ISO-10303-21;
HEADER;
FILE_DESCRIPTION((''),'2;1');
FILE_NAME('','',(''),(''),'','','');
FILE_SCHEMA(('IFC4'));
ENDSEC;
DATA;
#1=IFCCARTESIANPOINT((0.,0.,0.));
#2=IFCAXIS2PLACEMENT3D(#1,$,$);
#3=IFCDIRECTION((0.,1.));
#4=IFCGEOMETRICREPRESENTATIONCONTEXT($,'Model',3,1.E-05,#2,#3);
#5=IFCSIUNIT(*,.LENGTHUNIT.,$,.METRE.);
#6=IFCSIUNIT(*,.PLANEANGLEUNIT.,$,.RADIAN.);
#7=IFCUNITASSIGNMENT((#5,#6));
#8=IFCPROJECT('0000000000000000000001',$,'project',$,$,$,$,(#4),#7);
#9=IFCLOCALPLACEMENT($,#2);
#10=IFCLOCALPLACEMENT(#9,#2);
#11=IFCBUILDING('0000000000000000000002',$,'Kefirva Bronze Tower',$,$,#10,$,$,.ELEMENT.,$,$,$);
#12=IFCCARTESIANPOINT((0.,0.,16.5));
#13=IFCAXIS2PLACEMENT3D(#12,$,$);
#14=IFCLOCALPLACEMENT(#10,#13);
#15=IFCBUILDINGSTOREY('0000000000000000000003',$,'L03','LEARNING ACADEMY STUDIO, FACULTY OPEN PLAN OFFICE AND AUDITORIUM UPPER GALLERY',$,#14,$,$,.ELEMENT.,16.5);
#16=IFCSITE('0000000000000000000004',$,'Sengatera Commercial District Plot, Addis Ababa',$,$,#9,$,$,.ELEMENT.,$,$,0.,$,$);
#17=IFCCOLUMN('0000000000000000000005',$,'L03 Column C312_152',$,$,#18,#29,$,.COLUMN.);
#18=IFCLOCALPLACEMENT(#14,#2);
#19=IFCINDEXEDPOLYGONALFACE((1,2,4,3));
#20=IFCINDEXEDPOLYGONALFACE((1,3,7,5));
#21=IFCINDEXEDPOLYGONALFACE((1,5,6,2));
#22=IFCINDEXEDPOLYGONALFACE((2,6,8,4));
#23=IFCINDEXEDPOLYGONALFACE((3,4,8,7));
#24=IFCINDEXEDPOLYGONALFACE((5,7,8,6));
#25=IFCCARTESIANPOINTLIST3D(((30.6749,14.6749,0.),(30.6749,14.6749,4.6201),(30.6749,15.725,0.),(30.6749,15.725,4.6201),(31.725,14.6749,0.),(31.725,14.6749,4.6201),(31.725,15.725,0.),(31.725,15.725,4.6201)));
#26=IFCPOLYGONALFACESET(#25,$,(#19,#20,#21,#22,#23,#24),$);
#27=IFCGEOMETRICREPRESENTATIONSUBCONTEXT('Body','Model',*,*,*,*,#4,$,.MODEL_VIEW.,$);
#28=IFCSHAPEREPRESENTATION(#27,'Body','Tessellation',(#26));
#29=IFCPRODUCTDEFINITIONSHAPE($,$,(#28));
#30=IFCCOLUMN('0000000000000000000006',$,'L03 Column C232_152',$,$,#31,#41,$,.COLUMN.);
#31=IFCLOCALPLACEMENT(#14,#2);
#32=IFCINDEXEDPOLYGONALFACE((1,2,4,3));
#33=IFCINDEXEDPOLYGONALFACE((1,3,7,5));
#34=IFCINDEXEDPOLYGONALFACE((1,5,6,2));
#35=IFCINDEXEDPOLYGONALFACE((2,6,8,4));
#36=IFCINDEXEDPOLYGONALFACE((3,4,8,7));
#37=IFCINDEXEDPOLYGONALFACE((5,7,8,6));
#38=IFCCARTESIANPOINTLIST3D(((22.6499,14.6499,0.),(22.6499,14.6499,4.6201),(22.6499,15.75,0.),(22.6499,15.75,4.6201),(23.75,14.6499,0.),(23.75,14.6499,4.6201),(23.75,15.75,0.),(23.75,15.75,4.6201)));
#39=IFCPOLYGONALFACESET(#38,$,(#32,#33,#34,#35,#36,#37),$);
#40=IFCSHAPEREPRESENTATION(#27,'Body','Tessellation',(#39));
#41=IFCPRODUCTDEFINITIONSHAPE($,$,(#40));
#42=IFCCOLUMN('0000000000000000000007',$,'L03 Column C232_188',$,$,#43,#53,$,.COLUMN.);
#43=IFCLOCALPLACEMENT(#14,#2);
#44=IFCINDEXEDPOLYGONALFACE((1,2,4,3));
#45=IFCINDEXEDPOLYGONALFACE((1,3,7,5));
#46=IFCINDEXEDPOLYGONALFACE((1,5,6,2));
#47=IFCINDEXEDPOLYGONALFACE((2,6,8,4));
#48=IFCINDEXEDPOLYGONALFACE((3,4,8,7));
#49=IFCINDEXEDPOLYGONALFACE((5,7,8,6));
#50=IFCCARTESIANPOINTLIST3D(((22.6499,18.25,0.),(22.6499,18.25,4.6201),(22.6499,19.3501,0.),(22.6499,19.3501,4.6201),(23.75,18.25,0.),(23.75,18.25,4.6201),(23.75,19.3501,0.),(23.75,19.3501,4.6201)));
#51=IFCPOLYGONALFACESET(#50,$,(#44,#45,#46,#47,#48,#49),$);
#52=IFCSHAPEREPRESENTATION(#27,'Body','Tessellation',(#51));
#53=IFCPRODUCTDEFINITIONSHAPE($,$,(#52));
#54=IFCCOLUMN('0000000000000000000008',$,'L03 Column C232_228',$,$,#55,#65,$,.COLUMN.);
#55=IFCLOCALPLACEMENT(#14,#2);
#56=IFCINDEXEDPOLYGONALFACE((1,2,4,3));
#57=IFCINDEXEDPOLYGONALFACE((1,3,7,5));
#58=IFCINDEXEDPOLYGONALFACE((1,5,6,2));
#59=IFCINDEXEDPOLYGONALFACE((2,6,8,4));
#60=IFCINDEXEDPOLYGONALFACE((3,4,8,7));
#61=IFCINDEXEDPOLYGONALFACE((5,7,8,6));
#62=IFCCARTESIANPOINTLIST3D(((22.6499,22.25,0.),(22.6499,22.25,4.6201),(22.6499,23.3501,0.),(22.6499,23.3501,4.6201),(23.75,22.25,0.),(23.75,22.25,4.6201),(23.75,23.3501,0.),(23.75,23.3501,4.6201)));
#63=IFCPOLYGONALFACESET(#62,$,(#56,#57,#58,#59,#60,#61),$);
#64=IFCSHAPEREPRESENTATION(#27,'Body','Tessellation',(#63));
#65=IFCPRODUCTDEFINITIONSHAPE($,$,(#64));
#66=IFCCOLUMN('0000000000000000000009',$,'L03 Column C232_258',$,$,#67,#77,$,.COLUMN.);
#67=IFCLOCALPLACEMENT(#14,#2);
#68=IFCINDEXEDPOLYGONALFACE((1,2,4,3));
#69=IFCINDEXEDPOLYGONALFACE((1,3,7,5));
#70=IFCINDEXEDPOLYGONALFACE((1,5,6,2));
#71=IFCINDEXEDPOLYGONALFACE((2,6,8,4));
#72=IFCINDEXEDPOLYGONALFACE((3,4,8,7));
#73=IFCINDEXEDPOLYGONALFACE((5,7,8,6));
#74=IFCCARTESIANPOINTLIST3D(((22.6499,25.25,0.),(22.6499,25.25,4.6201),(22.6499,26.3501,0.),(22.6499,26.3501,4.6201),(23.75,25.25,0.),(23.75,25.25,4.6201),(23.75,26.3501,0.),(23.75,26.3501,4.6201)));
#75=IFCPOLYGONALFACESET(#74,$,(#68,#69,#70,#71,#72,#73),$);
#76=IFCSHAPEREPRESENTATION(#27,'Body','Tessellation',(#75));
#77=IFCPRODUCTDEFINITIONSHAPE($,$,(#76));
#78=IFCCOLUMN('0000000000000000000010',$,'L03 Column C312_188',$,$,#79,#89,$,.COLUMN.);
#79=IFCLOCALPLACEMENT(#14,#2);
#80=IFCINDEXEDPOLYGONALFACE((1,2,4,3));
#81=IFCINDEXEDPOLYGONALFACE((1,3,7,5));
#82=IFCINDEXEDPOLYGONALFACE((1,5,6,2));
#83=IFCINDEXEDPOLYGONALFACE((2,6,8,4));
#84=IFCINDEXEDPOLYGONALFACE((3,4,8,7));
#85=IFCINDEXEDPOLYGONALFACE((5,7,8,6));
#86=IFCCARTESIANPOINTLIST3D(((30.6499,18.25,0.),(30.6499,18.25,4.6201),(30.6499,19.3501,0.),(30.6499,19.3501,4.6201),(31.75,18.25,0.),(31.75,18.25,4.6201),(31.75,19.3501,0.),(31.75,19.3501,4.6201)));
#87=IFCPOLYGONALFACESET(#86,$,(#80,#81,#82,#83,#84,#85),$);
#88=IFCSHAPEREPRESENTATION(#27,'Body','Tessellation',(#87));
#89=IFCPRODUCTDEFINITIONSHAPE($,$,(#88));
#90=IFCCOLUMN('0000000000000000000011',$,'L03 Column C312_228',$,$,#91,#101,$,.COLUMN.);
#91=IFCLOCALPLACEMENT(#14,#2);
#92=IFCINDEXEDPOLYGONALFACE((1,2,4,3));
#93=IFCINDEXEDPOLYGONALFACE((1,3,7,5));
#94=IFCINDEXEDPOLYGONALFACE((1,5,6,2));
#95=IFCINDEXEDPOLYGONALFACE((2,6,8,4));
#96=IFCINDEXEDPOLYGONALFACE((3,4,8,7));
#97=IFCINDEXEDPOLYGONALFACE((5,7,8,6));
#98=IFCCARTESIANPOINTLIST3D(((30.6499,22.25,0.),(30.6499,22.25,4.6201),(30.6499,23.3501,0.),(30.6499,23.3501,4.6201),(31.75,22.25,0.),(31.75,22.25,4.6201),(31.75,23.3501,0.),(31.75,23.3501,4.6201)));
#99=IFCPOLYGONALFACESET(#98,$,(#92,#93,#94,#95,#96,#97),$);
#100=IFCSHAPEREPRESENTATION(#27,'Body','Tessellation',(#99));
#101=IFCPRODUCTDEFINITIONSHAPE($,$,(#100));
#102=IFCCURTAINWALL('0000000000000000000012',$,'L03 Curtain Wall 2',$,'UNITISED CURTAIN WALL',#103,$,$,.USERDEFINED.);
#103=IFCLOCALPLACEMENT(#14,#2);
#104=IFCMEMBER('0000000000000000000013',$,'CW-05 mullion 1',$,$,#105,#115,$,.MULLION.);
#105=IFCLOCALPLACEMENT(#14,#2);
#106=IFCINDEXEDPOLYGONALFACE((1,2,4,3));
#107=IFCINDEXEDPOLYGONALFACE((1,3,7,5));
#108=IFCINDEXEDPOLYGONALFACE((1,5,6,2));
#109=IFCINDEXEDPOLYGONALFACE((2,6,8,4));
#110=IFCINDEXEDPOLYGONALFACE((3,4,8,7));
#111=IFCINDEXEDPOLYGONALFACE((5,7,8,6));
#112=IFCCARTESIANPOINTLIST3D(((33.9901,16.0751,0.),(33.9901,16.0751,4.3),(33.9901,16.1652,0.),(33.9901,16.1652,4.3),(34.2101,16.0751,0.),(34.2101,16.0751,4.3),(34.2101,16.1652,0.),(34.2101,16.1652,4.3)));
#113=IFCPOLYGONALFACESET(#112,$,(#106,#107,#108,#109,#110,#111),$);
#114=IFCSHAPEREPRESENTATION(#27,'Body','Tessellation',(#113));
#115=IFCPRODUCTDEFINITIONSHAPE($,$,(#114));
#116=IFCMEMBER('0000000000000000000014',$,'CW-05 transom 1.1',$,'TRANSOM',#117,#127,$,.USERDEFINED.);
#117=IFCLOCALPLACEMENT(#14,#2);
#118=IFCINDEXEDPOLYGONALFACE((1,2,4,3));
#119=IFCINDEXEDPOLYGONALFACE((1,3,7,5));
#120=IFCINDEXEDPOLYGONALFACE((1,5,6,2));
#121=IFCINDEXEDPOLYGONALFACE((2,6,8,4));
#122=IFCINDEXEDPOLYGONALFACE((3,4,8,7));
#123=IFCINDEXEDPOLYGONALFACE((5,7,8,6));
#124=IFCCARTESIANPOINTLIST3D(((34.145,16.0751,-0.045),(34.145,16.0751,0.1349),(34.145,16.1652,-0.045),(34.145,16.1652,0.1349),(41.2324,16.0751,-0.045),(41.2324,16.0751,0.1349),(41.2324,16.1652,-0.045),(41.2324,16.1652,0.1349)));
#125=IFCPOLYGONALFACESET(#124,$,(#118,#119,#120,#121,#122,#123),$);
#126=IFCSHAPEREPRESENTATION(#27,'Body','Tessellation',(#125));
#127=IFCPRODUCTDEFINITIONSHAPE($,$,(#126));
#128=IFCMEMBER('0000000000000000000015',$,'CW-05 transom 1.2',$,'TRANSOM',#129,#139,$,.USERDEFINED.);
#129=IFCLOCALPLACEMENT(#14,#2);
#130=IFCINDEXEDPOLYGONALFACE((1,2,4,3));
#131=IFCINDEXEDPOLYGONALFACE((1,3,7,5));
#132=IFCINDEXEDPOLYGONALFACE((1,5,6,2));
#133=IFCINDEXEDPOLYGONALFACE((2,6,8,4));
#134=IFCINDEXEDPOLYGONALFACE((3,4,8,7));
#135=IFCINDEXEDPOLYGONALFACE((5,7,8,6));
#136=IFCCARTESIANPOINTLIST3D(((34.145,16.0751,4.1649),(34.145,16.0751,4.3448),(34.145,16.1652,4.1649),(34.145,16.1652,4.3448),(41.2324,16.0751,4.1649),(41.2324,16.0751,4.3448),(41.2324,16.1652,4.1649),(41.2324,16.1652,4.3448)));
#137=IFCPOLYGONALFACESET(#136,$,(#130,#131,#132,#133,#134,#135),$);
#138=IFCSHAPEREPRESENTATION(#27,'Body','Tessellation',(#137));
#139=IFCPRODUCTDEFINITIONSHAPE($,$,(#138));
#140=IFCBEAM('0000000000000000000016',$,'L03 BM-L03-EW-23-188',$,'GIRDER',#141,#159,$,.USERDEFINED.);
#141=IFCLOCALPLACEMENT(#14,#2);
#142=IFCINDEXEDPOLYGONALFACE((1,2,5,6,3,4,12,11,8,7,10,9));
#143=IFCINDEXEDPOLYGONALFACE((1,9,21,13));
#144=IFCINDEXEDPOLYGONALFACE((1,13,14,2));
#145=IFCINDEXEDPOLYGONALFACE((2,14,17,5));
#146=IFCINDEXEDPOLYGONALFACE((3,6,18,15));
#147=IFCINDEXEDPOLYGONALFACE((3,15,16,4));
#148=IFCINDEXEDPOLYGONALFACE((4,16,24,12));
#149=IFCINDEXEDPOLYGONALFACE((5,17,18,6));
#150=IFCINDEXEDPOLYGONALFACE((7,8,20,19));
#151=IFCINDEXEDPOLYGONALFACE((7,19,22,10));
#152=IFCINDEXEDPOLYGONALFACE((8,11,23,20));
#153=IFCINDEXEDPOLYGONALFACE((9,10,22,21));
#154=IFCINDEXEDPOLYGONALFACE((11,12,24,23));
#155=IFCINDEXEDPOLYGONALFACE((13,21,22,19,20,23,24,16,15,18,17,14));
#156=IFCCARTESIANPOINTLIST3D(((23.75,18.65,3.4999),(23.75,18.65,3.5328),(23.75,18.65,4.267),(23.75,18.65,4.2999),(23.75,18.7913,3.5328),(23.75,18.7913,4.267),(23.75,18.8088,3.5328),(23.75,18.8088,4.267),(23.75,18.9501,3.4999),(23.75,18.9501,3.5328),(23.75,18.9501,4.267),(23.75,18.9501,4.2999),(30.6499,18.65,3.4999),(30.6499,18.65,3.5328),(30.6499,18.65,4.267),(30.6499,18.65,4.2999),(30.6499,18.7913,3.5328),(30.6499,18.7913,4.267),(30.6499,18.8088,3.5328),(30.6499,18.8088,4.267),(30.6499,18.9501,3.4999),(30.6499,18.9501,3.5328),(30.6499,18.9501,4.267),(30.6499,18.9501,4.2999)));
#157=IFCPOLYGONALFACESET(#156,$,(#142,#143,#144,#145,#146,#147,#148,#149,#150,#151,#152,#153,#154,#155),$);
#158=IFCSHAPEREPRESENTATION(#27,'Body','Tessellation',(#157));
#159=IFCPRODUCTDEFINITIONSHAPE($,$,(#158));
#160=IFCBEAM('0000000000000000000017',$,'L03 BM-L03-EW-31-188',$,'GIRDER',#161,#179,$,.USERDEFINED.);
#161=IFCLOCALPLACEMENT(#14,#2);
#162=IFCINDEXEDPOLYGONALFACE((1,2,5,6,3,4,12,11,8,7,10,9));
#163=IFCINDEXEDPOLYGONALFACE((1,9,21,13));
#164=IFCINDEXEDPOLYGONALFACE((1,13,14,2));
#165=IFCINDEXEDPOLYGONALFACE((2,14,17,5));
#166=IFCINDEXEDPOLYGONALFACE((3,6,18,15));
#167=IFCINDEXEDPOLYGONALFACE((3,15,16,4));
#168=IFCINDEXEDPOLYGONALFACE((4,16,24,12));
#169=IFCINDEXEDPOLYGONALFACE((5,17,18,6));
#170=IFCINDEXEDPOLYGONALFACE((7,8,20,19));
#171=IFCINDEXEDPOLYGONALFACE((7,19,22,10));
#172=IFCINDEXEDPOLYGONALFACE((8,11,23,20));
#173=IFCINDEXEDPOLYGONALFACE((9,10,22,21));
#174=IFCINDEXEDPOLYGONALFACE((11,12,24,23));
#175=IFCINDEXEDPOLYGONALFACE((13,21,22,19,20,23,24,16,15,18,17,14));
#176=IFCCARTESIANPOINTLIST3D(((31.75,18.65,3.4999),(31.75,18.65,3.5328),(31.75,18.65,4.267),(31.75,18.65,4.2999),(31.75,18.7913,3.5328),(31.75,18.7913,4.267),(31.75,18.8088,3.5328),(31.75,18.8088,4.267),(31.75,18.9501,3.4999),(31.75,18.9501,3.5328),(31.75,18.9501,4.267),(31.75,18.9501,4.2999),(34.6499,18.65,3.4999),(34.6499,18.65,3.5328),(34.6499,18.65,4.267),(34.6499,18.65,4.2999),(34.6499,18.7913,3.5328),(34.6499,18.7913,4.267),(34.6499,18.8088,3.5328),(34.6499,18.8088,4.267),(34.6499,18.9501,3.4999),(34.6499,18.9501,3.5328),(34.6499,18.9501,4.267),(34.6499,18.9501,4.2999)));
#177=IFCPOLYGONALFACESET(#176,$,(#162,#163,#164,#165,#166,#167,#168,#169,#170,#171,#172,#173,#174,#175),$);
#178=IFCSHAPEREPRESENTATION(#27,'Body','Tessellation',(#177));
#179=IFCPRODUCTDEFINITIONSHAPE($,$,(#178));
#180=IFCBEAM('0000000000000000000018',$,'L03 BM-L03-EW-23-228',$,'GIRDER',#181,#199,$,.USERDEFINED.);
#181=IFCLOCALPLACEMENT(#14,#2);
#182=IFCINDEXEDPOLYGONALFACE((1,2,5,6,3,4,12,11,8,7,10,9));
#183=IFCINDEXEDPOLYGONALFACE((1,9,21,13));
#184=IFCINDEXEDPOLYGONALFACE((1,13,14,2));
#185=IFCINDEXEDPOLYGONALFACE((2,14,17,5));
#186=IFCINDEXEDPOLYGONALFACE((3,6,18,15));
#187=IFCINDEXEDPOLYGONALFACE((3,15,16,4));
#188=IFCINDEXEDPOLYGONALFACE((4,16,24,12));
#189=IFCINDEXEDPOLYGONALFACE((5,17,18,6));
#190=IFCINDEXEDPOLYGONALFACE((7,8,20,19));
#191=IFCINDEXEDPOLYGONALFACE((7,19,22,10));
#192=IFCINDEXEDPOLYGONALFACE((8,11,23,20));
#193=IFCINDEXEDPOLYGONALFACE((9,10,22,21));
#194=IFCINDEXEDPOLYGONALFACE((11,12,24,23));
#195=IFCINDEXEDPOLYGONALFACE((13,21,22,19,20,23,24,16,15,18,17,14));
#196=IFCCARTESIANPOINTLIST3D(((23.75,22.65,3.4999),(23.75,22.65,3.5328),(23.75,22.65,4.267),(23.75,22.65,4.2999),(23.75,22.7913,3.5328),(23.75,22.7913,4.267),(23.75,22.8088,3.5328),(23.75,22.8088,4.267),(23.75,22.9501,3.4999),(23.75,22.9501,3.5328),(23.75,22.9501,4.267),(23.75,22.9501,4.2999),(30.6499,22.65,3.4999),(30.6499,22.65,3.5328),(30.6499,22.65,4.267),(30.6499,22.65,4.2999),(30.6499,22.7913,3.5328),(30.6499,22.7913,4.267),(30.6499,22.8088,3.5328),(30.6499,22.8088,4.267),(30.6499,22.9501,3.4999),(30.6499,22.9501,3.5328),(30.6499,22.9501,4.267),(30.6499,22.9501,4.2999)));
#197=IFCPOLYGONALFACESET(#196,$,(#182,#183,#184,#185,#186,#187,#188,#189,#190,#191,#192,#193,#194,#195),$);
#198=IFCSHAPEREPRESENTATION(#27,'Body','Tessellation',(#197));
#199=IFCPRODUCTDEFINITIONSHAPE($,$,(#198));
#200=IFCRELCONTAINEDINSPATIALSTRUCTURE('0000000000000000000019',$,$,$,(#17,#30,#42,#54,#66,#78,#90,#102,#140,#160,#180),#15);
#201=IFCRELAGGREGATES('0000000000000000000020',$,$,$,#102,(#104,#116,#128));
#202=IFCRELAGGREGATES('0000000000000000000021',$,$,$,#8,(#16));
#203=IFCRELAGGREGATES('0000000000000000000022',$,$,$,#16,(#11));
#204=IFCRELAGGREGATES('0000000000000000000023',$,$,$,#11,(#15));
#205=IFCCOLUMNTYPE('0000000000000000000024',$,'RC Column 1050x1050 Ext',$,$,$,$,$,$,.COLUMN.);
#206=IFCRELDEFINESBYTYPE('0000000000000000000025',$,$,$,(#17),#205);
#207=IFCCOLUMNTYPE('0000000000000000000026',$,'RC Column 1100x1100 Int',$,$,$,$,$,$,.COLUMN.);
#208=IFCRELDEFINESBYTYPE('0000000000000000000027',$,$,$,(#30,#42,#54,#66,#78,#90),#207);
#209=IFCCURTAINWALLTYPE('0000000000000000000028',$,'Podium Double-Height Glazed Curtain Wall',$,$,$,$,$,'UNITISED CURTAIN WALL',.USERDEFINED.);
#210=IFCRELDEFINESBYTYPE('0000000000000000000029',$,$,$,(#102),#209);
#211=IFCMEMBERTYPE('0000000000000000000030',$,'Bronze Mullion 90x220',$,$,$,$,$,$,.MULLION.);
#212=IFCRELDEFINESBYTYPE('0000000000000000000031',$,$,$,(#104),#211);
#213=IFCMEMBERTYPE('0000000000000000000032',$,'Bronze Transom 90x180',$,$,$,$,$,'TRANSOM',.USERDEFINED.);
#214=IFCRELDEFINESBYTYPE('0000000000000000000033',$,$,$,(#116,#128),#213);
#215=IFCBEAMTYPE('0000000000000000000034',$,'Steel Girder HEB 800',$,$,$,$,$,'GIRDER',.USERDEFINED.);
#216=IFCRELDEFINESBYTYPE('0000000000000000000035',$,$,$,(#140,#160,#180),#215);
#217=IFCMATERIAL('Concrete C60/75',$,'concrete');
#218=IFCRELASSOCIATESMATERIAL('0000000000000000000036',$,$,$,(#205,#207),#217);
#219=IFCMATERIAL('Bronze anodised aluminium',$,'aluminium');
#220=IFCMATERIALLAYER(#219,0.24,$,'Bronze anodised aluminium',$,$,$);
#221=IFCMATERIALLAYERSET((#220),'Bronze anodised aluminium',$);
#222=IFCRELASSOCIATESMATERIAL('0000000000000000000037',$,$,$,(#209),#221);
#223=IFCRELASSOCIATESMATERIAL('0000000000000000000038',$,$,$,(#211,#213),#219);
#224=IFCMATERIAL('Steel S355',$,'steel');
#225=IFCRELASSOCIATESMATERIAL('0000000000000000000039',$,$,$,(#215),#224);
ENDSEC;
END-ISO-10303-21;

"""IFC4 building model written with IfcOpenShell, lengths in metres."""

from ifc_helpers import new_model, si_unit, direction, frame, origin, origin_2d, place, context, subcontext, project, spatial, rectangle, i_section, extrude, material, layer, layer_set, material_profile, profile_set, type_object, element, aggregate, save


model = new_model("IFC4")

# Units and contexts
model_context = context("Model", 3, precision=1e-05, world=origin(), true_north=direction((0.0, 1.0)))
body_context = subcontext(model_context, "Body", "Model", "MODEL_VIEW")
ifc_project = project(units=[si_unit("LENGTHUNIT", "METRE"), si_unit("PLANEANGLEUNIT", "RADIAN")], contexts=[model_context])

# Site, building, storey
site_placement = place(None, origin())
site = spatial("IfcSite", under=ifc_project, at=site_placement, Name="Sengatera Commercial District Plot, Addis Ababa", CompositionType="ELEMENT", RefElevation=0.0)
building_placement = place(site_placement, origin())
building = spatial("IfcBuilding", under=site, at=building_placement, Name="Kefirva Bronze Tower", CompositionType="ELEMENT")
storey_placement = place(building_placement, frame((0.0, 0.0, 16.5)))
storey = spatial("IfcBuildingStorey", under=building, at=storey_placement, Name="L03", Description="LEARNING ACADEMY STUDIO, FACULTY OPEN PLAN OFFICE AND AUDITORIUM UPPER GALLERY", CompositionType="ELEMENT", Elevation=16.5)

# Columns
ifc_material_1 = material(Name="Concrete C60/75", Category="concrete")
ifc_material_profile_1 = material_profile(ifc_material_1, rectangle(XDim=1.05, YDim=1.05, at=origin_2d()), Name="RC 1050x1050")
ifc_profile_set_1 = profile_set([ifc_material_profile_1], Name="Concrete C60/75")
column_type_1 = type_object("IfcColumnType", Name="RC Column 1050x1050 Ext", PredefinedType="COLUMN", material=ifc_profile_set_1)
column_placement = place(storey_placement, frame((31.2, 15.2, 0.0), z_axis=(0.0, 0.0, 1.0), x_axis=(1.0, 0.0, 0.0)))
element("IfcColumn", 1, at=column_placement, inside=storey, type_object=column_type_1, Name="L03 Column C312_152", PredefinedType="COLUMN", context=body_context, shape_type="SweptSolid", body=[
    extrude(rectangle(XDim=1.05, YDim=1.05, at=origin_2d()), origin(), (0.0, 0.0, 1.0), 4.6201),
])
ifc_material_profile_2 = material_profile(ifc_material_1, rectangle(XDim=1.1001, YDim=1.1001, at=origin_2d()), Name="RC 1100x1100")
ifc_profile_set_2 = profile_set([ifc_material_profile_2], Name="Concrete C60/75")
column_type_2 = type_object("IfcColumnType", Name="RC Column 1100x1100 Int", PredefinedType="COLUMN", material=ifc_profile_set_2)
for number, where, z_axis, x_axis, name in (
    (2, (23.2, 15.2, 0.0), (0.0, 0.0, 1.0), (1.0, 0.0, 0.0), "L03 Column C232_152"),
    (3, (23.2, 18.8, 0.0), (0.0, 0.0, 1.0), (1.0, 0.0, 0.0), "L03 Column C232_188"),
    (4, (23.2, 22.8, 0.0), (0.0, 0.0, 1.0), (1.0, 0.0, 0.0), "L03 Column C232_228"),
    (5, (23.2, 25.8, 0.0), (0.0, 0.0, 1.0), (1.0, 0.0, 0.0), "L03 Column C232_258"),
    (6, (31.2, 18.8, 0.0), (0.0, 0.0, 1.0), (1.0, 0.0, 0.0), "L03 Column C312_188"),
    (7, (31.2, 22.8, 0.0), (0.0, 0.0, 1.0), (1.0, 0.0, 0.0), "L03 Column C312_228"),
):
    element("IfcColumn", number, at=place(storey_placement, frame(where, z_axis=z_axis, x_axis=x_axis)), inside=storey, type_object=column_type_2, Name=name, PredefinedType="COLUMN", context=body_context, shape_type="SweptSolid", body=[
        extrude(rectangle(XDim=1.1001, YDim=1.1001, at=origin_2d()), origin(), (0.0, 0.0, 1.0), 4.6201),
    ])

# Curtain wall, members
ifc_material_2 = material(Name="Bronze anodised aluminium", Category="aluminium")
ifc_layer_1 = layer(ifc_material_2, 0.24, Name="Bronze anodised aluminium")
ifc_layer_set_1 = layer_set([ifc_layer_1], Name="Bronze anodised aluminium")
curtain_wall_type = type_object("IfcCurtainWallType", Name="Podium Double-Height Glazed Curtain Wall", ElementType="UNITISED CURTAIN WALL", PredefinedType="USERDEFINED", material=ifc_layer_set_1)
curtain_wall_placement = place(storey_placement, origin())
curtain_wall = element("IfcCurtainWall", 8, at=curtain_wall_placement, inside=storey, type_object=curtain_wall_type, Name="L03 Curtain Wall 2", ObjectType="UNITISED CURTAIN WALL", PredefinedType="USERDEFINED")
ifc_material_profile_3 = material_profile(ifc_material_2, rectangle(XDim=0.0901, YDim=0.22, at=origin_2d()), Name="ALU 90x220")
ifc_profile_set_3 = profile_set([ifc_material_profile_3], Name="Bronze anodised aluminium")
member_type_1 = type_object("IfcMemberType", Name="Bronze Mullion 90x220", PredefinedType="MULLION", material=ifc_profile_set_3)
member_1_placement = place(storey_placement, frame((34.1001, 16.1201, 0.0), z_axis=(0.0, 0.0, 1.0), x_axis=(0.0, 1.0, 0.0)))
member_1 = element("IfcMember", 9, at=member_1_placement, type_object=member_type_1, Name="CW-05 mullion 1", PredefinedType="MULLION", context=body_context, shape_type="SweptSolid", body=[
    extrude(rectangle(XDim=0.0901, YDim=0.22, at=origin_2d()), origin(), (0.0, 0.0, 1.0), 4.3),
])
ifc_material_profile_4 = material_profile(ifc_material_2, rectangle(XDim=0.0901, YDim=0.1799, at=origin_2d()), Name="ALU 90x180")
ifc_profile_set_4 = profile_set([ifc_material_profile_4], Name="Bronze anodised aluminium")
member_type_2 = type_object("IfcMemberType", Name="Bronze Transom 90x180", ElementType="TRANSOM", PredefinedType="USERDEFINED", material=ifc_profile_set_4)
member_2_placement = place(storey_placement, frame((34.145, 16.1201, 0.0449), z_axis=(1.0, 0.0, 0.0), x_axis=(0.0, 1.0, 0.0)))
member_2 = element("IfcMember", 10, at=member_2_placement, type_object=member_type_2, Name="CW-05 transom 1.1", ObjectType="TRANSOM", PredefinedType="USERDEFINED", context=body_context, shape_type="SweptSolid", body=[
    extrude(rectangle(XDim=0.0901, YDim=0.1799, at=origin_2d()), origin(), (0.0, 0.0, 1.0), 7.0874),
])
member_3_placement = place(storey_placement, frame((34.145, 16.1201, 4.2549), z_axis=(1.0, 0.0, 0.0), x_axis=(0.0, 1.0, 0.0)))
member_3 = element("IfcMember", 11, at=member_3_placement, type_object=member_type_2, Name="CW-05 transom 1.2", ObjectType="TRANSOM", PredefinedType="USERDEFINED", context=body_context, shape_type="SweptSolid", body=[
    extrude(rectangle(XDim=0.0901, YDim=0.1799, at=origin_2d()), origin(), (0.0, 0.0, 1.0), 7.0874),
])
aggregate(curtain_wall, [member_1, member_2, member_3])

# Beams
ifc_material_3 = material(Name="Steel S355", Category="steel")
ifc_material_profile_5 = material_profile(ifc_material_3, i_section(OverallWidth=0.3, OverallDepth=0.8, WebThickness=0.0176, FlangeThickness=0.033, at=origin_2d()), Name="HEB 800")
ifc_profile_set_5 = profile_set([ifc_material_profile_5], Name="Steel S355")
beam_type_1 = type_object("IfcBeamType", Name="Steel Girder HEB 800", ElementType="GIRDER", PredefinedType="USERDEFINED", material=ifc_profile_set_5)
beam_1_placement = place(storey_placement, frame((23.75, 18.8, 3.8999), z_axis=(1.0, 0.0, 0.0), x_axis=(0.0, 1.0, 0.0)))
element("IfcBeam", 12, at=beam_1_placement, inside=storey, type_object=beam_type_1, Name="L03 BM-L03-EW-23-188", ObjectType="GIRDER", PredefinedType="USERDEFINED", context=body_context, shape_type="SweptSolid", body=[
    extrude(i_section(OverallWidth=0.3, OverallDepth=0.8, WebThickness=0.0176, FlangeThickness=0.033, at=origin_2d()), origin(), (0.0, 0.0, 1.0), 6.8999),
])
beam_2_placement = place(storey_placement, frame((31.75, 18.8, 3.8999), z_axis=(1.0, 0.0, 0.0), x_axis=(0.0, 1.0, 0.0)))
element("IfcBeam", 13, at=beam_2_placement, inside=storey, type_object=beam_type_1, Name="L03 BM-L03-EW-31-188", ObjectType="GIRDER", PredefinedType="USERDEFINED", context=body_context, shape_type="SweptSolid", body=[
    extrude(i_section(OverallWidth=0.3, OverallDepth=0.8, WebThickness=0.0176, FlangeThickness=0.033, at=origin_2d()), origin(), (0.0, 0.0, 1.0), 2.8999),
])
beam_3_placement = place(storey_placement, frame((23.75, 22.8, 3.8999), z_axis=(1.0, 0.0, 0.0), x_axis=(0.0, 1.0, 0.0)))
element("IfcBeam", 14, at=beam_3_placement, inside=storey, type_object=beam_type_1, Name="L03 BM-L03-EW-23-228", ObjectType="GIRDER", PredefinedType="USERDEFINED", context=body_context, shape_type="SweptSolid", body=[
    extrude(i_section(OverallWidth=0.3, OverallDepth=0.8, WebThickness=0.0176, FlangeThickness=0.033, at=origin_2d()), origin(), (0.0, 0.0, 1.0), 6.8999),
])

save(model, "model.ifc")
